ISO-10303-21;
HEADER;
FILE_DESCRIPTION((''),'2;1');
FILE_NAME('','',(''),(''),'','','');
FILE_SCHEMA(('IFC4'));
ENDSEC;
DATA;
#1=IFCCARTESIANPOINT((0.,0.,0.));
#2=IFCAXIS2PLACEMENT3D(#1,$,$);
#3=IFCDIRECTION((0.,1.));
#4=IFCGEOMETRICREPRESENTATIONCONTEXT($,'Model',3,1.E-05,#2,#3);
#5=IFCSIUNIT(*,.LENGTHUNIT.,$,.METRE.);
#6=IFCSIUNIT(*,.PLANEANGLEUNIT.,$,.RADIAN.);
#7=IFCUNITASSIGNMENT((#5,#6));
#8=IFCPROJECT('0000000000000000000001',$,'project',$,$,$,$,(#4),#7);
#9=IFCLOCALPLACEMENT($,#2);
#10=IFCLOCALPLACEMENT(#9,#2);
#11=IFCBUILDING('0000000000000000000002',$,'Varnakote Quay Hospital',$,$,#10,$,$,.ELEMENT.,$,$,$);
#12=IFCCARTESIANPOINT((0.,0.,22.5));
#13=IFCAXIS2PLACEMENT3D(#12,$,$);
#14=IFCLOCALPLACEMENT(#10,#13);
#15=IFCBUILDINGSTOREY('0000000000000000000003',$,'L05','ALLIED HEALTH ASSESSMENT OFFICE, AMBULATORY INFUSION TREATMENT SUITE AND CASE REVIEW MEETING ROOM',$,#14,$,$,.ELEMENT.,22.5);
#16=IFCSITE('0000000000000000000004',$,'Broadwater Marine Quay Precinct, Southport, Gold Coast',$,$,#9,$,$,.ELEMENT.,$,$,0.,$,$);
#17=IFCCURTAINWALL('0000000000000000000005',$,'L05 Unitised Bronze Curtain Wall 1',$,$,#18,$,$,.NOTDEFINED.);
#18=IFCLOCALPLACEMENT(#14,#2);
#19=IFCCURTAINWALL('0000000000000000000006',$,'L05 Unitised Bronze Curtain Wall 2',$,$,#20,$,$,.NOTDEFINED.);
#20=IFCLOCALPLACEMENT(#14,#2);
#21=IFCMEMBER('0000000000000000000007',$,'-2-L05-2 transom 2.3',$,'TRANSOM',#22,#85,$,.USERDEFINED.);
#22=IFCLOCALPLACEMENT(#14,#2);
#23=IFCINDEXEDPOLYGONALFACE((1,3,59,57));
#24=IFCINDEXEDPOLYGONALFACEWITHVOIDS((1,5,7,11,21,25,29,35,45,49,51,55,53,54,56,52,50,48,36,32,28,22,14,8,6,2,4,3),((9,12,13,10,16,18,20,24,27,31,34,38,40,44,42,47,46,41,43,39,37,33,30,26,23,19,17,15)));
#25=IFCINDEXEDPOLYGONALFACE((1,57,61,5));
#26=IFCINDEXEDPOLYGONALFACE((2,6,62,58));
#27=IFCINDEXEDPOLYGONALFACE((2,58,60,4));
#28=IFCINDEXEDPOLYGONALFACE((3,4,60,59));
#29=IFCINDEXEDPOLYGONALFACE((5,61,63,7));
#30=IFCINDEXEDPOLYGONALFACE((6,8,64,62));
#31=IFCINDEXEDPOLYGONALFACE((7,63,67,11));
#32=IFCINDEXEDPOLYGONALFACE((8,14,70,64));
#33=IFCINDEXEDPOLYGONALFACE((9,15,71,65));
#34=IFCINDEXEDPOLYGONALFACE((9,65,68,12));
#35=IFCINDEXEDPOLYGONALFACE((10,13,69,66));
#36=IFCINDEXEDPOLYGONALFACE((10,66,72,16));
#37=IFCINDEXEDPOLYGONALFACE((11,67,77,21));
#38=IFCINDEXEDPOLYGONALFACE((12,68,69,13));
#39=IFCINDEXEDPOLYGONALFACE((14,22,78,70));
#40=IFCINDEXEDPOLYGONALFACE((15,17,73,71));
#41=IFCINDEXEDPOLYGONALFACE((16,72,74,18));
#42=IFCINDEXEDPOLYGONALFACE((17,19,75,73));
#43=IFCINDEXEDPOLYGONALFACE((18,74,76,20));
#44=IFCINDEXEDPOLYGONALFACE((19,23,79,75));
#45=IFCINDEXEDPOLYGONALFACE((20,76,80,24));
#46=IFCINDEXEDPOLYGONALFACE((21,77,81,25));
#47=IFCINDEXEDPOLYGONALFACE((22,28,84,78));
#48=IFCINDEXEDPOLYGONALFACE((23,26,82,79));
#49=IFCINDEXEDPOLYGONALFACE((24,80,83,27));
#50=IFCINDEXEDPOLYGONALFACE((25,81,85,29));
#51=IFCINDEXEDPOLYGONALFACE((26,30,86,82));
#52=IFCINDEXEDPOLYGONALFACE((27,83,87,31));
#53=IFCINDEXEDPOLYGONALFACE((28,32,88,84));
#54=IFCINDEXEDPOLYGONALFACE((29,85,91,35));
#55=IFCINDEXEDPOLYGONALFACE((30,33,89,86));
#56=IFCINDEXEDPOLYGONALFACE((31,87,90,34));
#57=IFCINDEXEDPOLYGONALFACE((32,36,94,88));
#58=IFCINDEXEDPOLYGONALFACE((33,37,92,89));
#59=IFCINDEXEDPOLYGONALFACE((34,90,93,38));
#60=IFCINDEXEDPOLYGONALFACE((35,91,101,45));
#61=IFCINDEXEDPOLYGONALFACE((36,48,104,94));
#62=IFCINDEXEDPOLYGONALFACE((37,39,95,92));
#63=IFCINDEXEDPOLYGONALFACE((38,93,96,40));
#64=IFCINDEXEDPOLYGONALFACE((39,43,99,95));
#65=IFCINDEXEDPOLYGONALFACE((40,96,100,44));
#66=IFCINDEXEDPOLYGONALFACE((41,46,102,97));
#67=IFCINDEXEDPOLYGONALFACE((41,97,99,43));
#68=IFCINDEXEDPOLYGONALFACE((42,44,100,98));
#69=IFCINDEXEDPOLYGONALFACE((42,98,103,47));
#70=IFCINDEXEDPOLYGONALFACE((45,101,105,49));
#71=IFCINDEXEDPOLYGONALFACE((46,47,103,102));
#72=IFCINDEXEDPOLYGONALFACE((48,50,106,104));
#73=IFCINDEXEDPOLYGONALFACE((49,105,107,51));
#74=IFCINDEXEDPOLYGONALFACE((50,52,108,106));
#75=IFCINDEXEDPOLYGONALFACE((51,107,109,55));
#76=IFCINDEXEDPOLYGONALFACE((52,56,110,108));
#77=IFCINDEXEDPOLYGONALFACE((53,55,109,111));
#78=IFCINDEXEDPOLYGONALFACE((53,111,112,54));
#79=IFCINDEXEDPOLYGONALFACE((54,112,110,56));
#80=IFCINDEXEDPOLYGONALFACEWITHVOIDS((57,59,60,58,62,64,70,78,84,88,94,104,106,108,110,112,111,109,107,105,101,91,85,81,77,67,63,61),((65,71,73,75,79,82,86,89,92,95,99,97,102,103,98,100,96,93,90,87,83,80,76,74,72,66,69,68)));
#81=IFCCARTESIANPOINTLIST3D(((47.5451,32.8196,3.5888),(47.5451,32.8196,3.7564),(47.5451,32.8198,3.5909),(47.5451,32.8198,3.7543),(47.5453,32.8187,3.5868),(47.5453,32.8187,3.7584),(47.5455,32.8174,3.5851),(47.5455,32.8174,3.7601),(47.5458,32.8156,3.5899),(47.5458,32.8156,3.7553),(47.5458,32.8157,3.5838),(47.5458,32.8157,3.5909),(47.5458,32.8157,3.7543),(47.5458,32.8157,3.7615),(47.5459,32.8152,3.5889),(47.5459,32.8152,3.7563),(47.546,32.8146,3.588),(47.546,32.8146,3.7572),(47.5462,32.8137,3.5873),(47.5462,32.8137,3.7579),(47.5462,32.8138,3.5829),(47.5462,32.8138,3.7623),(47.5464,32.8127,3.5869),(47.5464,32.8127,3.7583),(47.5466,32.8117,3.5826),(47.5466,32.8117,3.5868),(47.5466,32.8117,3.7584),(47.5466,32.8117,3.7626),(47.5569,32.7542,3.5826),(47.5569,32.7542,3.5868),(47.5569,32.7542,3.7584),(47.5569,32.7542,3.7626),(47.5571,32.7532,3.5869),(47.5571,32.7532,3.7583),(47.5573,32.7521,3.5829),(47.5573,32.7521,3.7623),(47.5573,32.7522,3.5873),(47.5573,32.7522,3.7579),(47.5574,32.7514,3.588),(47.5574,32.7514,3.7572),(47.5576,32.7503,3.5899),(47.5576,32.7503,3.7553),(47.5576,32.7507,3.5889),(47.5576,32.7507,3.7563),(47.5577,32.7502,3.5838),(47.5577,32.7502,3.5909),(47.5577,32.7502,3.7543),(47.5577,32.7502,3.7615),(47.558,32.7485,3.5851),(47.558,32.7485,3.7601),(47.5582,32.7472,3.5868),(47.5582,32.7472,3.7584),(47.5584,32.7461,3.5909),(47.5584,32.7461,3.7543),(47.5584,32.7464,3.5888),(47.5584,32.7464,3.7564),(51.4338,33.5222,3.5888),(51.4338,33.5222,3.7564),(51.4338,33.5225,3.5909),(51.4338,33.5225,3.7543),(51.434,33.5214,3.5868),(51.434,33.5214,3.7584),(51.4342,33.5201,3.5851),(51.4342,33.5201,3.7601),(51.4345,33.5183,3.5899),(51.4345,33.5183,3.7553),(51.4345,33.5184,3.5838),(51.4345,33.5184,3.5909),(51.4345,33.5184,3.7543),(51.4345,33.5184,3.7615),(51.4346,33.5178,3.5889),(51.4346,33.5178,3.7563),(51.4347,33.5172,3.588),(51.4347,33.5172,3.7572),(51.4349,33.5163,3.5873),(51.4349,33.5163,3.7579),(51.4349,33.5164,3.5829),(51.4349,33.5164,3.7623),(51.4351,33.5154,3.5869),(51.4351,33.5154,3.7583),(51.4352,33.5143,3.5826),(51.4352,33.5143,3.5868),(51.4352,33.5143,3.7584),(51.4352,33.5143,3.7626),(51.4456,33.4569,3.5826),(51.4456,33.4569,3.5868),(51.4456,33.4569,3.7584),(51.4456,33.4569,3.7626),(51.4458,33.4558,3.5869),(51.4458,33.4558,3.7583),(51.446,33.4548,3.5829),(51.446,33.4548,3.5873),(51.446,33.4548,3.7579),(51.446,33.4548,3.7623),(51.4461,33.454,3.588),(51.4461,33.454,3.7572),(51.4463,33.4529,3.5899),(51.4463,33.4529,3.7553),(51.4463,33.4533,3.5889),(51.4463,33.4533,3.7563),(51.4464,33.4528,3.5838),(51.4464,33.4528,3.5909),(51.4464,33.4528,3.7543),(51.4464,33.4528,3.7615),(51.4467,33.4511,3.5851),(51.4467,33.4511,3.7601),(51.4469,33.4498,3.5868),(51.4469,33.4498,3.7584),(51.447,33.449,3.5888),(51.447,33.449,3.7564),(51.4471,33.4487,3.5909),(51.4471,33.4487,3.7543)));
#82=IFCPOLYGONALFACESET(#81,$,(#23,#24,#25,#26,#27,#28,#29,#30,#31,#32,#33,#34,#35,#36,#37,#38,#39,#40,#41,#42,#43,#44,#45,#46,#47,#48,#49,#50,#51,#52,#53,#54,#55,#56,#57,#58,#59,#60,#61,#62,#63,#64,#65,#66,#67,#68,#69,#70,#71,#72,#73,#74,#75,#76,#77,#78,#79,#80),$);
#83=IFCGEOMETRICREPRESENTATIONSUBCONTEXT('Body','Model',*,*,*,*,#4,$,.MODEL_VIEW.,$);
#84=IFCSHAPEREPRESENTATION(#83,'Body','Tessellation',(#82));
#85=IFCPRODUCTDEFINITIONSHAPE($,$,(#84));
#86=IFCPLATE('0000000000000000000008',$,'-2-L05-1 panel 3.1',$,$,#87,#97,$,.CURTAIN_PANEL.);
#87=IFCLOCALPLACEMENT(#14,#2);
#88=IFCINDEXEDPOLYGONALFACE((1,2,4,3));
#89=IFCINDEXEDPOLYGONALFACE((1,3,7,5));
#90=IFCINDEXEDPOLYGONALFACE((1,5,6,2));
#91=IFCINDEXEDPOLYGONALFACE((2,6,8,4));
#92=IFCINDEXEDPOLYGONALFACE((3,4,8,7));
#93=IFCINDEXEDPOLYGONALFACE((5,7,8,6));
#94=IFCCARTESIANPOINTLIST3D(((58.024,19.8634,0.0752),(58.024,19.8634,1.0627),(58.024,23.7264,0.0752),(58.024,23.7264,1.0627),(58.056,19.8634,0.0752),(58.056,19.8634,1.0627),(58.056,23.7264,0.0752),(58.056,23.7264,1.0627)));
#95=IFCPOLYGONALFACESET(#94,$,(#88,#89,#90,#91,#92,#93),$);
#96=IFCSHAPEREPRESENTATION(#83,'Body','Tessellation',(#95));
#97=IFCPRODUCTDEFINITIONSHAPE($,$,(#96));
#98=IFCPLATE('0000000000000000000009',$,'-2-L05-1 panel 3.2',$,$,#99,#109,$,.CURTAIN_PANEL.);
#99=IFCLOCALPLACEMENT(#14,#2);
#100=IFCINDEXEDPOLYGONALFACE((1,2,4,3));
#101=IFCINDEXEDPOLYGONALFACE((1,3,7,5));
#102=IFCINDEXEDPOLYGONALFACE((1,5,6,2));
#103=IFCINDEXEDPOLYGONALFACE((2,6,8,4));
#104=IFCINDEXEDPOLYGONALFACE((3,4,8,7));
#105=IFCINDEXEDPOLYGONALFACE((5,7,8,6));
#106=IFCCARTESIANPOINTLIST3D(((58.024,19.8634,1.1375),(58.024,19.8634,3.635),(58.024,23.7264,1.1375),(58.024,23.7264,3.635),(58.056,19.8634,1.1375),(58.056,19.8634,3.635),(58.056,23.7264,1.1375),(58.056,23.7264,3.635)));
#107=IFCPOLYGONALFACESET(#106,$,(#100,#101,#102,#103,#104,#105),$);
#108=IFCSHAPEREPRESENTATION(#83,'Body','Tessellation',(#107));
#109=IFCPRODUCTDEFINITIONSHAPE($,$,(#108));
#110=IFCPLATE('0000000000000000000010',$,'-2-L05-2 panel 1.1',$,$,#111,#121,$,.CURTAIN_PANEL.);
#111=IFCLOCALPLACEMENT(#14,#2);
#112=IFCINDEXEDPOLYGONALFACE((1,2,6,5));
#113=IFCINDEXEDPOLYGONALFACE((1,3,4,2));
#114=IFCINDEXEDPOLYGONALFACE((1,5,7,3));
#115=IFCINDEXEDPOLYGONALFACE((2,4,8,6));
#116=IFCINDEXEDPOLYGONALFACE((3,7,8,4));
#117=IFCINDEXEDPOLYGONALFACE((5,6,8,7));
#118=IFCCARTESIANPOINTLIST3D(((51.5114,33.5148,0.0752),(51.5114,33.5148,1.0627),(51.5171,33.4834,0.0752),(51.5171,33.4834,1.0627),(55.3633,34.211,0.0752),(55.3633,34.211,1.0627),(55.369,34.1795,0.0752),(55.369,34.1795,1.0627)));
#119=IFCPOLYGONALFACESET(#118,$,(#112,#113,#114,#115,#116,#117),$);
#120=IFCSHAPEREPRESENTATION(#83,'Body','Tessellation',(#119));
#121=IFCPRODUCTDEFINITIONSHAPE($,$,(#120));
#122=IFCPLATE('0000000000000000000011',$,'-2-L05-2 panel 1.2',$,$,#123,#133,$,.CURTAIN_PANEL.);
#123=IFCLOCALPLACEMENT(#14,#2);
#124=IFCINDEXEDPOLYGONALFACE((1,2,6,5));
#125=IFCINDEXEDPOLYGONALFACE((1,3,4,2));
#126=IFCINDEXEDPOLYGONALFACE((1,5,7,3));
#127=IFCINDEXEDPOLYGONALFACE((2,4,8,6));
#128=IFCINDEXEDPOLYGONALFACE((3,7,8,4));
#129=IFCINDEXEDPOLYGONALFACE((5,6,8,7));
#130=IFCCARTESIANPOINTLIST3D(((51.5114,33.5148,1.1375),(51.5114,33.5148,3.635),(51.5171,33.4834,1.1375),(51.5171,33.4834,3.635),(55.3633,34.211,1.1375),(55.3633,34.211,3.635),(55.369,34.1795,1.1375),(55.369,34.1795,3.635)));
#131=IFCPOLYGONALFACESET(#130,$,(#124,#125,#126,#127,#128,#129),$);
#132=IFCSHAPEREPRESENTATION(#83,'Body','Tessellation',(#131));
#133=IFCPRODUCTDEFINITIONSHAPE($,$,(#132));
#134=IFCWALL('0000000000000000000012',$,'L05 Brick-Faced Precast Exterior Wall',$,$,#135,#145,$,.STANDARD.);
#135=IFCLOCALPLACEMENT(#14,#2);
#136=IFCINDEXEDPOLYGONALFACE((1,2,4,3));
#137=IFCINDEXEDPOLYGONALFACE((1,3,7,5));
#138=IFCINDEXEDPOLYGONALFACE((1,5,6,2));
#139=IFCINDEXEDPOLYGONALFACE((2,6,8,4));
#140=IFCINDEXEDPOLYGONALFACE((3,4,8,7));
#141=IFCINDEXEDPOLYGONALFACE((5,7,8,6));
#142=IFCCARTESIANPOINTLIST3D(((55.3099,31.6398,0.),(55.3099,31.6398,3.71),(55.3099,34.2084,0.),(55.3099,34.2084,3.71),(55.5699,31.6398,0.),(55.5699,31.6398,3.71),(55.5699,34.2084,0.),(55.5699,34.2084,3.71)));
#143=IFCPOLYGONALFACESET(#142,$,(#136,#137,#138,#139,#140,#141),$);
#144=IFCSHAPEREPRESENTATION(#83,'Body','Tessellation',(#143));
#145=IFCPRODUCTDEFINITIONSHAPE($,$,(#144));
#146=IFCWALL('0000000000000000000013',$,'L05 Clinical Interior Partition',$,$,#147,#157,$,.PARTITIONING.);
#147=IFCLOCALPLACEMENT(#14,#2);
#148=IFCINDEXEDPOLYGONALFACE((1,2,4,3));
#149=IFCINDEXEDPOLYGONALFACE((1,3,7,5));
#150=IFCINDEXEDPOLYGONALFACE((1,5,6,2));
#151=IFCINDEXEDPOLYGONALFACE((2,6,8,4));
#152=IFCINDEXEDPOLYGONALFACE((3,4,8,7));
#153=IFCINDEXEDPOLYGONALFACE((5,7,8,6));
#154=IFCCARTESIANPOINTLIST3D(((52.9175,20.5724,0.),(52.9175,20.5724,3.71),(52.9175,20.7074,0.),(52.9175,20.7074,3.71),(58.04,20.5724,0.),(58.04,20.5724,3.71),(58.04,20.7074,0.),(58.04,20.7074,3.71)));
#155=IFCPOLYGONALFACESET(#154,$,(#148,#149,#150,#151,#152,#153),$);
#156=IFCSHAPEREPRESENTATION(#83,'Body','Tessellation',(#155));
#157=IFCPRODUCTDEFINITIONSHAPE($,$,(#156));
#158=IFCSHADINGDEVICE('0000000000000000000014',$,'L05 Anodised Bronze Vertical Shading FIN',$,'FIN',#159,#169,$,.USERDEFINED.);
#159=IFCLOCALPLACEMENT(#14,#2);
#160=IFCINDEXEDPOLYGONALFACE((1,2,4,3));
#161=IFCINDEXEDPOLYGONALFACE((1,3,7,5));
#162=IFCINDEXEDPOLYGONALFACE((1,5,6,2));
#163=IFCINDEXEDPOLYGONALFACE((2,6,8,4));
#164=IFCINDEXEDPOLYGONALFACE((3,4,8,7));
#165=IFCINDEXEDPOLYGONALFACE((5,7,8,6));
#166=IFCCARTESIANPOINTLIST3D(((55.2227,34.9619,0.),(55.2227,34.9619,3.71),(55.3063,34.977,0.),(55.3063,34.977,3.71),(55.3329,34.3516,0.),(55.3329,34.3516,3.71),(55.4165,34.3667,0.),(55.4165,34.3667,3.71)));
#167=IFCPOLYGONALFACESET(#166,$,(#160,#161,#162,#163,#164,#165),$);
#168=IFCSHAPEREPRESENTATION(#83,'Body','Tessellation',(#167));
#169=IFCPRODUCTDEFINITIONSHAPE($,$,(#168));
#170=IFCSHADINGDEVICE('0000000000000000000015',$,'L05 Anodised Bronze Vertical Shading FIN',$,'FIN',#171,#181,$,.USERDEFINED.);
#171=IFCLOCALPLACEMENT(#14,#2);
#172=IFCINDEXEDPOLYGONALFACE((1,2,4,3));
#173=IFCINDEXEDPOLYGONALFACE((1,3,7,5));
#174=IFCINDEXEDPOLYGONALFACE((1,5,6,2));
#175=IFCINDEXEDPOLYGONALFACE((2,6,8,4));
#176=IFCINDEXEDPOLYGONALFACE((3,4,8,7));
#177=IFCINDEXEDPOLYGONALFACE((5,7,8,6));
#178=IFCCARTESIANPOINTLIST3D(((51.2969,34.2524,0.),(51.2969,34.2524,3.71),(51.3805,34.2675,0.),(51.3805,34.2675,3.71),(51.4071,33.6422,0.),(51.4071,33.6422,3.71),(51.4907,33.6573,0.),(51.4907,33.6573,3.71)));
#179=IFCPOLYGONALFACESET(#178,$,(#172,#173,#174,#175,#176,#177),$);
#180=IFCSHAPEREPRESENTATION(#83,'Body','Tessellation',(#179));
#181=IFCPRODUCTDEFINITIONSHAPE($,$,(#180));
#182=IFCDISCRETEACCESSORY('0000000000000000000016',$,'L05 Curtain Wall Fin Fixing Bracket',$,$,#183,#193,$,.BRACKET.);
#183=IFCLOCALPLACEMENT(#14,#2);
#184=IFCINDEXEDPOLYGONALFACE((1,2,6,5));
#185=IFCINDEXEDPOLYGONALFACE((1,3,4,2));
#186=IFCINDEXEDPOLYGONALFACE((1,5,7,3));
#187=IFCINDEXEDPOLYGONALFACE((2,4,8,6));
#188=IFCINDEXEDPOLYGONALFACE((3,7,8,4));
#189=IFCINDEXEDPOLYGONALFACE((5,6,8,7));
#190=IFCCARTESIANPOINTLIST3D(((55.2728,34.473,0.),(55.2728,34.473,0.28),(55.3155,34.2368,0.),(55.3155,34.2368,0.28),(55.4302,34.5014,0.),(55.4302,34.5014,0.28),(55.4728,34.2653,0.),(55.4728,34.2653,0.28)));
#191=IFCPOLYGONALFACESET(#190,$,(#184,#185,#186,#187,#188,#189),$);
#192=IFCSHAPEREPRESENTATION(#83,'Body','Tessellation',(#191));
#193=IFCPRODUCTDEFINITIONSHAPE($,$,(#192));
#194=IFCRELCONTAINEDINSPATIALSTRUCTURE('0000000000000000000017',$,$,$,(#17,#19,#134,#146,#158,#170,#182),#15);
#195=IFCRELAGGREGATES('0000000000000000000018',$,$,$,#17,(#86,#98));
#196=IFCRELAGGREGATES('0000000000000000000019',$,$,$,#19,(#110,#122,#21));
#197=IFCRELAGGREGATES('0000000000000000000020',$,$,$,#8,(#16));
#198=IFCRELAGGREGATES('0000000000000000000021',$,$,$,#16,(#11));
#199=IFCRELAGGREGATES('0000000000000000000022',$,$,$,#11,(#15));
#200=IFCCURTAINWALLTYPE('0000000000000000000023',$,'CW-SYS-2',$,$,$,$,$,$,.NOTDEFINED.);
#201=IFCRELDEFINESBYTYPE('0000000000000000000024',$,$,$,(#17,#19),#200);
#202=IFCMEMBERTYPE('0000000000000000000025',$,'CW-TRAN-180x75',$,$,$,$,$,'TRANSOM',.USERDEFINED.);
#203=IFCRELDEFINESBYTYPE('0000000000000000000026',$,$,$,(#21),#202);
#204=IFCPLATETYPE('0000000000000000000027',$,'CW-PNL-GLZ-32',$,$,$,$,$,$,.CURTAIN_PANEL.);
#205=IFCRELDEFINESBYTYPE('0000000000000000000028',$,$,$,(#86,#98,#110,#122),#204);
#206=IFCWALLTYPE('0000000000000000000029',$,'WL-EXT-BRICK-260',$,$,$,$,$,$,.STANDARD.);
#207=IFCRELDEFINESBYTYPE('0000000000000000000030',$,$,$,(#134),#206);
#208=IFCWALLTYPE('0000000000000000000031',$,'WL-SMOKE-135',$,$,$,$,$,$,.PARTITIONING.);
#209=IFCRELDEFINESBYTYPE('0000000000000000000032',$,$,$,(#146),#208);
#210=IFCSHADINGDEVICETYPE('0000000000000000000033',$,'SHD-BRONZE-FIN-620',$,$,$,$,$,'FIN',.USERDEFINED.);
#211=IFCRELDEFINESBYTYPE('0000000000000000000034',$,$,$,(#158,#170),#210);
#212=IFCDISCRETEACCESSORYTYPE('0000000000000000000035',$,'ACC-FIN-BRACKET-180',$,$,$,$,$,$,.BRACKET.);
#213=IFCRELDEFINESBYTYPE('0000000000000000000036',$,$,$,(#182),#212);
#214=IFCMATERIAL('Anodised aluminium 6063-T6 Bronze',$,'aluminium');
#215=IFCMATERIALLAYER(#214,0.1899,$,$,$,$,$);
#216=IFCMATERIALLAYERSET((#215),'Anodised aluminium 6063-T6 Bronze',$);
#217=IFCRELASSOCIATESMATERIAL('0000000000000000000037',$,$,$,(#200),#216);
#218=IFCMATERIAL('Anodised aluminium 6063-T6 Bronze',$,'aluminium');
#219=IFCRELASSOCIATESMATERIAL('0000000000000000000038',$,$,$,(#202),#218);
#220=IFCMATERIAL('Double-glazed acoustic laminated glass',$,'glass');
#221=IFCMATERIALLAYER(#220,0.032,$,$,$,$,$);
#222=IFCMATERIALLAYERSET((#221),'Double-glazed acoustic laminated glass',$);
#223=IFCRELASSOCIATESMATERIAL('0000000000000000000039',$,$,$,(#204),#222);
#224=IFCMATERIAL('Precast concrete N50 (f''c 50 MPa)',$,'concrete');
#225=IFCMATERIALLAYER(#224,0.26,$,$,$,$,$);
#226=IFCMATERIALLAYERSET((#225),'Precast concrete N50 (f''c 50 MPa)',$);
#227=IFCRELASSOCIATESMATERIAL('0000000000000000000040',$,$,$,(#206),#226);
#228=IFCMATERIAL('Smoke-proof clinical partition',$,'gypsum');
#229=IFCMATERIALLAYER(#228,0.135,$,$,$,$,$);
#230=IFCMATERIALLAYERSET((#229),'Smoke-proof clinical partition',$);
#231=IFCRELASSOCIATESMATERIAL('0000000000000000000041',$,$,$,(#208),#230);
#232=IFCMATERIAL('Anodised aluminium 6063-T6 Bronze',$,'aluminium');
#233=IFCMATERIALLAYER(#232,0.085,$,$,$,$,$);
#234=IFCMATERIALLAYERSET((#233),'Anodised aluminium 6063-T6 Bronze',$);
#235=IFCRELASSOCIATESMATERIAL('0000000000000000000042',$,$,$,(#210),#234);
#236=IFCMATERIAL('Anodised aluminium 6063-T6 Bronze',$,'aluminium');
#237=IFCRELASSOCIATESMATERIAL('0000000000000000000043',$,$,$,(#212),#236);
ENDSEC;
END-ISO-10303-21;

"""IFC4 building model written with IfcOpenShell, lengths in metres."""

from ifc_helpers import new_model, si_unit, direction, frame, frame_2d, origin, origin_2d, place, context, subcontext, project, spatial, rectangle, hollow_rectangle, extrude, material, layer, layer_set, material_profile, profile_set, type_object, element, aggregate, save


model = new_model("IFC4")

# Units and contexts
model_context = context("Model", 3, precision=1e-05, world=origin(), true_north=direction((0.0, 1.0)))
body_context = subcontext(model_context, "Body", "Model", "MODEL_VIEW")
ifc_project = project(units=[si_unit("LENGTHUNIT", "METRE"), si_unit("PLANEANGLEUNIT", "RADIAN")], contexts=[model_context])

# Site, building, storey
site_placement = place(None, origin())
site = spatial("IfcSite", under=ifc_project, at=site_placement, Name="Broadwater Marine Quay Precinct, Southport, Gold Coast", CompositionType="ELEMENT", RefElevation=0.0)
building_placement = place(site_placement, origin())
building = spatial("IfcBuilding", under=site, at=building_placement, Name="Varnakote Quay Hospital", CompositionType="ELEMENT")
storey_placement = place(building_placement, frame((0.0, 0.0, 22.5)))
storey = spatial("IfcBuildingStorey", under=building, at=storey_placement, Name="L05", Description="ALLIED HEALTH ASSESSMENT OFFICE, AMBULATORY INFUSION TREATMENT SUITE AND CASE REVIEW MEETING ROOM", CompositionType="ELEMENT", Elevation=22.5)

# Curtain wall
ifc_material_1 = material(Name="Anodised aluminium 6063-T6 Bronze", Category="aluminium")
ifc_layer_1 = layer(ifc_material_1, 0.1899)
ifc_layer_set_1 = layer_set([ifc_layer_1], Name="Anodised aluminium 6063-T6 Bronze")
curtain_wall_type = type_object("IfcCurtainWallType", Name="CW-SYS-2", PredefinedType="NOTDEFINED", material=ifc_layer_set_1)
curtain_wall_1_placement = place(storey_placement, origin())
curtain_wall_1 = element("IfcCurtainWall", 1, at=curtain_wall_1_placement, inside=storey, type_object=curtain_wall_type, Name="L05 Unitised Bronze Curtain Wall 1", PredefinedType="NOTDEFINED")

# Curtain wall
curtain_wall_2_placement = place(storey_placement, origin())
curtain_wall_2 = element("IfcCurtainWall", 2, at=curtain_wall_2_placement, inside=storey, type_object=curtain_wall_type, Name="L05 Unitised Bronze Curtain Wall 2", PredefinedType="NOTDEFINED")

# Member
ifc_material_2 = material(Name="Anodised aluminium 6063-T6 Bronze", Category="aluminium")
ifc_material_profile_1 = material_profile(ifc_material_2, hollow_rectangle(XDim=0.075, YDim=0.1799, WallThickness=0.0042, InnerFilletRadius=0.0042, OuterFilletRadius=0.0083, at=origin_2d()), Name="CW-TRAN-180x75")
ifc_profile_set_1 = profile_set([ifc_material_profile_1], Name="Anodised aluminium 6063-T6 Bronze")
member_type_1 = type_object("IfcMemberType", Name="CW-TRAN-180x75", ElementType="TRANSOM", PredefinedType="USERDEFINED", material=ifc_profile_set_1)
member_1_placement = place(storey_placement, frame((51.4404, 33.4856, 3.6726), z_axis=(-0.984065, -0.177809, 0.0), x_axis=(0.177809, -0.984065, 0.0)))
member_1 = element("IfcMember", 3, at=member_1_placement, type_object=member_type_1, Name="-2-L05-2 transom 2.3", ObjectType="TRANSOM", PredefinedType="USERDEFINED", context=body_context, shape_type="SweptSolid", body=[
    extrude(hollow_rectangle(XDim=0.075, YDim=0.1799, WallThickness=0.0042, InnerFilletRadius=0.0042, OuterFilletRadius=0.0083, at=origin_2d()), origin(), (0.0, 0.0, 1.0), 3.9517),
])

# Plates
ifc_material_3 = material(Name="Double-glazed acoustic laminated glass", Category="glass")
ifc_layer_2 = layer(ifc_material_3, 0.032)
ifc_layer_set_2 = layer_set([ifc_layer_2], Name="Double-glazed acoustic laminated glass")
plate_type = type_object("IfcPlateType", Name="CW-PNL-GLZ-32", PredefinedType="CURTAIN_PANEL", material=ifc_layer_set_2)
plate_1_placement = place(storey_placement, frame((58.04, 21.7949, 0.0752), z_axis=(0.0, 0.0, 1.0), x_axis=(0.0, 1.0, 0.0)))
plate_1 = element("IfcPlate", 4, at=plate_1_placement, type_object=plate_type, Name="-2-L05-1 panel 3.1", PredefinedType="CURTAIN_PANEL", context=body_context, shape_type="SweptSolid", body=[
    extrude(rectangle(XDim=3.863, YDim=0.032, at=origin_2d()), origin(), (0.0, 0.0, 1.0), 0.9875),
])
plate_2_placement = place(storey_placement, frame((58.04, 21.7949, 1.1375), z_axis=(0.0, 0.0, 1.0), x_axis=(0.0, 1.0, 0.0)))
plate_2 = element("IfcPlate", 5, at=plate_2_placement, type_object=plate_type, Name="-2-L05-1 panel 3.2", PredefinedType="CURTAIN_PANEL", context=body_context, shape_type="SweptSolid", body=[
    extrude(rectangle(XDim=3.863, YDim=0.032, at=origin_2d()), origin(), (0.0, 0.0, 1.0), 2.4976),
])
aggregate(curtain_wall_1, [plate_1, plate_2])
plate_3_placement = place(storey_placement, frame((53.4402, 33.8472, 0.0752), z_axis=(0.0, 0.0, 1.0), x_axis=(-0.984058, -0.177846, 0.0)))
plate_3 = element("IfcPlate", 6, at=plate_3_placement, type_object=plate_type, Name="-2-L05-2 panel 1.1", PredefinedType="CURTAIN_PANEL", context=body_context, shape_type="SweptSolid", body=[
    extrude(rectangle(XDim=3.9143, YDim=0.032, at=origin_2d()), origin(), (0.0, 0.0, 1.0), 0.9875),
])
plate_4_placement = place(storey_placement, frame((53.4402, 33.8472, 1.1375), z_axis=(0.0, 0.0, 1.0), x_axis=(-0.984058, -0.177846, 0.0)))
plate_4 = element("IfcPlate", 7, at=plate_4_placement, type_object=plate_type, Name="-2-L05-2 panel 1.2", PredefinedType="CURTAIN_PANEL", context=body_context, shape_type="SweptSolid", body=[
    extrude(rectangle(XDim=3.9143, YDim=0.032, at=origin_2d()), origin(), (0.0, 0.0, 1.0), 2.4976),
])
aggregate(curtain_wall_2, [plate_3, plate_4, member_1])

# Walls
ifc_material_4 = material(Name="Precast concrete N50 (f'c 50 MPa)", Category="concrete")
ifc_layer_3 = layer(ifc_material_4, 0.26)
ifc_layer_set_3 = layer_set([ifc_layer_3], Name="Precast concrete N50 (f'c 50 MPa)")
wall_type_1 = type_object("IfcWallType", Name="WL-EXT-BRICK-260", PredefinedType="STANDARD", material=ifc_layer_set_3)
wall_1_placement = place(storey_placement, frame((55.4399, 31.6399, 0.0), z_axis=(0.0, 0.0, 1.0), x_axis=(0.0, 1.0, 0.0)))
element("IfcWall", 8, at=wall_1_placement, inside=storey, type_object=wall_type_1, Name="L05 Brick-Faced Precast Exterior Wall", PredefinedType="STANDARD", context=body_context, shape_type="SweptSolid", body=[
    extrude(rectangle(XDim=2.5686, YDim=0.26, at=frame_2d((1.2842, 0.0))), origin(), (0.0, 0.0, 1.0), 3.71),
])
ifc_material_5 = material(Name="Smoke-proof clinical partition", Category="gypsum")
ifc_layer_4 = layer(ifc_material_5, 0.135)
ifc_layer_set_4 = layer_set([ifc_layer_4], Name="Smoke-proof clinical partition")
wall_type_2 = type_object("IfcWallType", Name="WL-SMOKE-135", PredefinedType="PARTITIONING", material=ifc_layer_set_4)
wall_2_placement = place(storey_placement, frame((58.04, 20.6399, 0.0), z_axis=(0.0, 0.0, 1.0), x_axis=(-1.0, 0.0, 0.0)))
element("IfcWall", 9, at=wall_2_placement, inside=storey, type_object=wall_type_2, Name="L05 Clinical Interior Partition", PredefinedType="PARTITIONING", context=body_context, shape_type="SweptSolid", body=[
    extrude(rectangle(XDim=5.1226, YDim=0.135, at=frame_2d((2.5613, 0.0))), origin(), (0.0, 0.0, 1.0), 3.71),
])

# Shading devices
ifc_material_6 = material(Name="Anodised aluminium 6063-T6 Bronze", Category="aluminium")
ifc_layer_5 = layer(ifc_material_6, 0.085)
ifc_layer_set_5 = layer_set([ifc_layer_5], Name="Anodised aluminium 6063-T6 Bronze")
shading_device_type = type_object("IfcShadingDeviceType", Name="SHD-BRONZE-FIN-620", ElementType="FIN", PredefinedType="USERDEFINED", material=ifc_layer_set_5)
for number, where, z_axis, x_axis, name in (
    (10, (55.3196, 34.6643, 0.0), (0.0, 0.0, 1.0), (0.177772, -0.984072, 0.0), "L05 Anodised Bronze Vertical Shading FIN"),
    (11, (51.3938, 33.9548, 0.0), (0.0, 0.0, 1.0), (0.177772, -0.984072, 0.0), "L05 Anodised Bronze Vertical Shading FIN"),
):
    element("IfcShadingDevice", number, at=place(storey_placement, frame(where, z_axis=z_axis, x_axis=x_axis)), inside=storey, type_object=shading_device_type, Name=name, ObjectType="FIN", PredefinedType="USERDEFINED", context=body_context, shape_type="SweptSolid", body=[
        extrude(rectangle(XDim=0.6201, YDim=0.085, at=origin_2d()), origin(), (0.0, 0.0, 1.0), 3.71),
    ])

# Discrete accessory
ifc_material_7 = material(Name="Anodised aluminium 6063-T6 Bronze", Category="aluminium")
discrete_accessory_type = type_object("IfcDiscreteAccessoryType", Name="ACC-FIN-BRACKET-180", PredefinedType="BRACKET", material=ifc_material_7)
for number, where, z_axis, x_axis, name in (
    (12, (55.3728, 34.3691, 0.0), (0.0, 0.0, 1.0), (-0.984072, -0.177772, 0.0), "L05 Curtain Wall Fin Fixing Bracket"),
):
    element("IfcDiscreteAccessory", number, at=place(storey_placement, frame(where, z_axis=z_axis, x_axis=x_axis)), inside=storey, type_object=discrete_accessory_type, Name=name, PredefinedType="BRACKET", context=body_context, shape_type="SweptSolid", body=[
        extrude(rectangle(XDim=0.1599, YDim=0.24, at=origin_2d()), origin(), (0.0, 0.0, 1.0), 0.28),
    ])

save(model, "model.ifc")
